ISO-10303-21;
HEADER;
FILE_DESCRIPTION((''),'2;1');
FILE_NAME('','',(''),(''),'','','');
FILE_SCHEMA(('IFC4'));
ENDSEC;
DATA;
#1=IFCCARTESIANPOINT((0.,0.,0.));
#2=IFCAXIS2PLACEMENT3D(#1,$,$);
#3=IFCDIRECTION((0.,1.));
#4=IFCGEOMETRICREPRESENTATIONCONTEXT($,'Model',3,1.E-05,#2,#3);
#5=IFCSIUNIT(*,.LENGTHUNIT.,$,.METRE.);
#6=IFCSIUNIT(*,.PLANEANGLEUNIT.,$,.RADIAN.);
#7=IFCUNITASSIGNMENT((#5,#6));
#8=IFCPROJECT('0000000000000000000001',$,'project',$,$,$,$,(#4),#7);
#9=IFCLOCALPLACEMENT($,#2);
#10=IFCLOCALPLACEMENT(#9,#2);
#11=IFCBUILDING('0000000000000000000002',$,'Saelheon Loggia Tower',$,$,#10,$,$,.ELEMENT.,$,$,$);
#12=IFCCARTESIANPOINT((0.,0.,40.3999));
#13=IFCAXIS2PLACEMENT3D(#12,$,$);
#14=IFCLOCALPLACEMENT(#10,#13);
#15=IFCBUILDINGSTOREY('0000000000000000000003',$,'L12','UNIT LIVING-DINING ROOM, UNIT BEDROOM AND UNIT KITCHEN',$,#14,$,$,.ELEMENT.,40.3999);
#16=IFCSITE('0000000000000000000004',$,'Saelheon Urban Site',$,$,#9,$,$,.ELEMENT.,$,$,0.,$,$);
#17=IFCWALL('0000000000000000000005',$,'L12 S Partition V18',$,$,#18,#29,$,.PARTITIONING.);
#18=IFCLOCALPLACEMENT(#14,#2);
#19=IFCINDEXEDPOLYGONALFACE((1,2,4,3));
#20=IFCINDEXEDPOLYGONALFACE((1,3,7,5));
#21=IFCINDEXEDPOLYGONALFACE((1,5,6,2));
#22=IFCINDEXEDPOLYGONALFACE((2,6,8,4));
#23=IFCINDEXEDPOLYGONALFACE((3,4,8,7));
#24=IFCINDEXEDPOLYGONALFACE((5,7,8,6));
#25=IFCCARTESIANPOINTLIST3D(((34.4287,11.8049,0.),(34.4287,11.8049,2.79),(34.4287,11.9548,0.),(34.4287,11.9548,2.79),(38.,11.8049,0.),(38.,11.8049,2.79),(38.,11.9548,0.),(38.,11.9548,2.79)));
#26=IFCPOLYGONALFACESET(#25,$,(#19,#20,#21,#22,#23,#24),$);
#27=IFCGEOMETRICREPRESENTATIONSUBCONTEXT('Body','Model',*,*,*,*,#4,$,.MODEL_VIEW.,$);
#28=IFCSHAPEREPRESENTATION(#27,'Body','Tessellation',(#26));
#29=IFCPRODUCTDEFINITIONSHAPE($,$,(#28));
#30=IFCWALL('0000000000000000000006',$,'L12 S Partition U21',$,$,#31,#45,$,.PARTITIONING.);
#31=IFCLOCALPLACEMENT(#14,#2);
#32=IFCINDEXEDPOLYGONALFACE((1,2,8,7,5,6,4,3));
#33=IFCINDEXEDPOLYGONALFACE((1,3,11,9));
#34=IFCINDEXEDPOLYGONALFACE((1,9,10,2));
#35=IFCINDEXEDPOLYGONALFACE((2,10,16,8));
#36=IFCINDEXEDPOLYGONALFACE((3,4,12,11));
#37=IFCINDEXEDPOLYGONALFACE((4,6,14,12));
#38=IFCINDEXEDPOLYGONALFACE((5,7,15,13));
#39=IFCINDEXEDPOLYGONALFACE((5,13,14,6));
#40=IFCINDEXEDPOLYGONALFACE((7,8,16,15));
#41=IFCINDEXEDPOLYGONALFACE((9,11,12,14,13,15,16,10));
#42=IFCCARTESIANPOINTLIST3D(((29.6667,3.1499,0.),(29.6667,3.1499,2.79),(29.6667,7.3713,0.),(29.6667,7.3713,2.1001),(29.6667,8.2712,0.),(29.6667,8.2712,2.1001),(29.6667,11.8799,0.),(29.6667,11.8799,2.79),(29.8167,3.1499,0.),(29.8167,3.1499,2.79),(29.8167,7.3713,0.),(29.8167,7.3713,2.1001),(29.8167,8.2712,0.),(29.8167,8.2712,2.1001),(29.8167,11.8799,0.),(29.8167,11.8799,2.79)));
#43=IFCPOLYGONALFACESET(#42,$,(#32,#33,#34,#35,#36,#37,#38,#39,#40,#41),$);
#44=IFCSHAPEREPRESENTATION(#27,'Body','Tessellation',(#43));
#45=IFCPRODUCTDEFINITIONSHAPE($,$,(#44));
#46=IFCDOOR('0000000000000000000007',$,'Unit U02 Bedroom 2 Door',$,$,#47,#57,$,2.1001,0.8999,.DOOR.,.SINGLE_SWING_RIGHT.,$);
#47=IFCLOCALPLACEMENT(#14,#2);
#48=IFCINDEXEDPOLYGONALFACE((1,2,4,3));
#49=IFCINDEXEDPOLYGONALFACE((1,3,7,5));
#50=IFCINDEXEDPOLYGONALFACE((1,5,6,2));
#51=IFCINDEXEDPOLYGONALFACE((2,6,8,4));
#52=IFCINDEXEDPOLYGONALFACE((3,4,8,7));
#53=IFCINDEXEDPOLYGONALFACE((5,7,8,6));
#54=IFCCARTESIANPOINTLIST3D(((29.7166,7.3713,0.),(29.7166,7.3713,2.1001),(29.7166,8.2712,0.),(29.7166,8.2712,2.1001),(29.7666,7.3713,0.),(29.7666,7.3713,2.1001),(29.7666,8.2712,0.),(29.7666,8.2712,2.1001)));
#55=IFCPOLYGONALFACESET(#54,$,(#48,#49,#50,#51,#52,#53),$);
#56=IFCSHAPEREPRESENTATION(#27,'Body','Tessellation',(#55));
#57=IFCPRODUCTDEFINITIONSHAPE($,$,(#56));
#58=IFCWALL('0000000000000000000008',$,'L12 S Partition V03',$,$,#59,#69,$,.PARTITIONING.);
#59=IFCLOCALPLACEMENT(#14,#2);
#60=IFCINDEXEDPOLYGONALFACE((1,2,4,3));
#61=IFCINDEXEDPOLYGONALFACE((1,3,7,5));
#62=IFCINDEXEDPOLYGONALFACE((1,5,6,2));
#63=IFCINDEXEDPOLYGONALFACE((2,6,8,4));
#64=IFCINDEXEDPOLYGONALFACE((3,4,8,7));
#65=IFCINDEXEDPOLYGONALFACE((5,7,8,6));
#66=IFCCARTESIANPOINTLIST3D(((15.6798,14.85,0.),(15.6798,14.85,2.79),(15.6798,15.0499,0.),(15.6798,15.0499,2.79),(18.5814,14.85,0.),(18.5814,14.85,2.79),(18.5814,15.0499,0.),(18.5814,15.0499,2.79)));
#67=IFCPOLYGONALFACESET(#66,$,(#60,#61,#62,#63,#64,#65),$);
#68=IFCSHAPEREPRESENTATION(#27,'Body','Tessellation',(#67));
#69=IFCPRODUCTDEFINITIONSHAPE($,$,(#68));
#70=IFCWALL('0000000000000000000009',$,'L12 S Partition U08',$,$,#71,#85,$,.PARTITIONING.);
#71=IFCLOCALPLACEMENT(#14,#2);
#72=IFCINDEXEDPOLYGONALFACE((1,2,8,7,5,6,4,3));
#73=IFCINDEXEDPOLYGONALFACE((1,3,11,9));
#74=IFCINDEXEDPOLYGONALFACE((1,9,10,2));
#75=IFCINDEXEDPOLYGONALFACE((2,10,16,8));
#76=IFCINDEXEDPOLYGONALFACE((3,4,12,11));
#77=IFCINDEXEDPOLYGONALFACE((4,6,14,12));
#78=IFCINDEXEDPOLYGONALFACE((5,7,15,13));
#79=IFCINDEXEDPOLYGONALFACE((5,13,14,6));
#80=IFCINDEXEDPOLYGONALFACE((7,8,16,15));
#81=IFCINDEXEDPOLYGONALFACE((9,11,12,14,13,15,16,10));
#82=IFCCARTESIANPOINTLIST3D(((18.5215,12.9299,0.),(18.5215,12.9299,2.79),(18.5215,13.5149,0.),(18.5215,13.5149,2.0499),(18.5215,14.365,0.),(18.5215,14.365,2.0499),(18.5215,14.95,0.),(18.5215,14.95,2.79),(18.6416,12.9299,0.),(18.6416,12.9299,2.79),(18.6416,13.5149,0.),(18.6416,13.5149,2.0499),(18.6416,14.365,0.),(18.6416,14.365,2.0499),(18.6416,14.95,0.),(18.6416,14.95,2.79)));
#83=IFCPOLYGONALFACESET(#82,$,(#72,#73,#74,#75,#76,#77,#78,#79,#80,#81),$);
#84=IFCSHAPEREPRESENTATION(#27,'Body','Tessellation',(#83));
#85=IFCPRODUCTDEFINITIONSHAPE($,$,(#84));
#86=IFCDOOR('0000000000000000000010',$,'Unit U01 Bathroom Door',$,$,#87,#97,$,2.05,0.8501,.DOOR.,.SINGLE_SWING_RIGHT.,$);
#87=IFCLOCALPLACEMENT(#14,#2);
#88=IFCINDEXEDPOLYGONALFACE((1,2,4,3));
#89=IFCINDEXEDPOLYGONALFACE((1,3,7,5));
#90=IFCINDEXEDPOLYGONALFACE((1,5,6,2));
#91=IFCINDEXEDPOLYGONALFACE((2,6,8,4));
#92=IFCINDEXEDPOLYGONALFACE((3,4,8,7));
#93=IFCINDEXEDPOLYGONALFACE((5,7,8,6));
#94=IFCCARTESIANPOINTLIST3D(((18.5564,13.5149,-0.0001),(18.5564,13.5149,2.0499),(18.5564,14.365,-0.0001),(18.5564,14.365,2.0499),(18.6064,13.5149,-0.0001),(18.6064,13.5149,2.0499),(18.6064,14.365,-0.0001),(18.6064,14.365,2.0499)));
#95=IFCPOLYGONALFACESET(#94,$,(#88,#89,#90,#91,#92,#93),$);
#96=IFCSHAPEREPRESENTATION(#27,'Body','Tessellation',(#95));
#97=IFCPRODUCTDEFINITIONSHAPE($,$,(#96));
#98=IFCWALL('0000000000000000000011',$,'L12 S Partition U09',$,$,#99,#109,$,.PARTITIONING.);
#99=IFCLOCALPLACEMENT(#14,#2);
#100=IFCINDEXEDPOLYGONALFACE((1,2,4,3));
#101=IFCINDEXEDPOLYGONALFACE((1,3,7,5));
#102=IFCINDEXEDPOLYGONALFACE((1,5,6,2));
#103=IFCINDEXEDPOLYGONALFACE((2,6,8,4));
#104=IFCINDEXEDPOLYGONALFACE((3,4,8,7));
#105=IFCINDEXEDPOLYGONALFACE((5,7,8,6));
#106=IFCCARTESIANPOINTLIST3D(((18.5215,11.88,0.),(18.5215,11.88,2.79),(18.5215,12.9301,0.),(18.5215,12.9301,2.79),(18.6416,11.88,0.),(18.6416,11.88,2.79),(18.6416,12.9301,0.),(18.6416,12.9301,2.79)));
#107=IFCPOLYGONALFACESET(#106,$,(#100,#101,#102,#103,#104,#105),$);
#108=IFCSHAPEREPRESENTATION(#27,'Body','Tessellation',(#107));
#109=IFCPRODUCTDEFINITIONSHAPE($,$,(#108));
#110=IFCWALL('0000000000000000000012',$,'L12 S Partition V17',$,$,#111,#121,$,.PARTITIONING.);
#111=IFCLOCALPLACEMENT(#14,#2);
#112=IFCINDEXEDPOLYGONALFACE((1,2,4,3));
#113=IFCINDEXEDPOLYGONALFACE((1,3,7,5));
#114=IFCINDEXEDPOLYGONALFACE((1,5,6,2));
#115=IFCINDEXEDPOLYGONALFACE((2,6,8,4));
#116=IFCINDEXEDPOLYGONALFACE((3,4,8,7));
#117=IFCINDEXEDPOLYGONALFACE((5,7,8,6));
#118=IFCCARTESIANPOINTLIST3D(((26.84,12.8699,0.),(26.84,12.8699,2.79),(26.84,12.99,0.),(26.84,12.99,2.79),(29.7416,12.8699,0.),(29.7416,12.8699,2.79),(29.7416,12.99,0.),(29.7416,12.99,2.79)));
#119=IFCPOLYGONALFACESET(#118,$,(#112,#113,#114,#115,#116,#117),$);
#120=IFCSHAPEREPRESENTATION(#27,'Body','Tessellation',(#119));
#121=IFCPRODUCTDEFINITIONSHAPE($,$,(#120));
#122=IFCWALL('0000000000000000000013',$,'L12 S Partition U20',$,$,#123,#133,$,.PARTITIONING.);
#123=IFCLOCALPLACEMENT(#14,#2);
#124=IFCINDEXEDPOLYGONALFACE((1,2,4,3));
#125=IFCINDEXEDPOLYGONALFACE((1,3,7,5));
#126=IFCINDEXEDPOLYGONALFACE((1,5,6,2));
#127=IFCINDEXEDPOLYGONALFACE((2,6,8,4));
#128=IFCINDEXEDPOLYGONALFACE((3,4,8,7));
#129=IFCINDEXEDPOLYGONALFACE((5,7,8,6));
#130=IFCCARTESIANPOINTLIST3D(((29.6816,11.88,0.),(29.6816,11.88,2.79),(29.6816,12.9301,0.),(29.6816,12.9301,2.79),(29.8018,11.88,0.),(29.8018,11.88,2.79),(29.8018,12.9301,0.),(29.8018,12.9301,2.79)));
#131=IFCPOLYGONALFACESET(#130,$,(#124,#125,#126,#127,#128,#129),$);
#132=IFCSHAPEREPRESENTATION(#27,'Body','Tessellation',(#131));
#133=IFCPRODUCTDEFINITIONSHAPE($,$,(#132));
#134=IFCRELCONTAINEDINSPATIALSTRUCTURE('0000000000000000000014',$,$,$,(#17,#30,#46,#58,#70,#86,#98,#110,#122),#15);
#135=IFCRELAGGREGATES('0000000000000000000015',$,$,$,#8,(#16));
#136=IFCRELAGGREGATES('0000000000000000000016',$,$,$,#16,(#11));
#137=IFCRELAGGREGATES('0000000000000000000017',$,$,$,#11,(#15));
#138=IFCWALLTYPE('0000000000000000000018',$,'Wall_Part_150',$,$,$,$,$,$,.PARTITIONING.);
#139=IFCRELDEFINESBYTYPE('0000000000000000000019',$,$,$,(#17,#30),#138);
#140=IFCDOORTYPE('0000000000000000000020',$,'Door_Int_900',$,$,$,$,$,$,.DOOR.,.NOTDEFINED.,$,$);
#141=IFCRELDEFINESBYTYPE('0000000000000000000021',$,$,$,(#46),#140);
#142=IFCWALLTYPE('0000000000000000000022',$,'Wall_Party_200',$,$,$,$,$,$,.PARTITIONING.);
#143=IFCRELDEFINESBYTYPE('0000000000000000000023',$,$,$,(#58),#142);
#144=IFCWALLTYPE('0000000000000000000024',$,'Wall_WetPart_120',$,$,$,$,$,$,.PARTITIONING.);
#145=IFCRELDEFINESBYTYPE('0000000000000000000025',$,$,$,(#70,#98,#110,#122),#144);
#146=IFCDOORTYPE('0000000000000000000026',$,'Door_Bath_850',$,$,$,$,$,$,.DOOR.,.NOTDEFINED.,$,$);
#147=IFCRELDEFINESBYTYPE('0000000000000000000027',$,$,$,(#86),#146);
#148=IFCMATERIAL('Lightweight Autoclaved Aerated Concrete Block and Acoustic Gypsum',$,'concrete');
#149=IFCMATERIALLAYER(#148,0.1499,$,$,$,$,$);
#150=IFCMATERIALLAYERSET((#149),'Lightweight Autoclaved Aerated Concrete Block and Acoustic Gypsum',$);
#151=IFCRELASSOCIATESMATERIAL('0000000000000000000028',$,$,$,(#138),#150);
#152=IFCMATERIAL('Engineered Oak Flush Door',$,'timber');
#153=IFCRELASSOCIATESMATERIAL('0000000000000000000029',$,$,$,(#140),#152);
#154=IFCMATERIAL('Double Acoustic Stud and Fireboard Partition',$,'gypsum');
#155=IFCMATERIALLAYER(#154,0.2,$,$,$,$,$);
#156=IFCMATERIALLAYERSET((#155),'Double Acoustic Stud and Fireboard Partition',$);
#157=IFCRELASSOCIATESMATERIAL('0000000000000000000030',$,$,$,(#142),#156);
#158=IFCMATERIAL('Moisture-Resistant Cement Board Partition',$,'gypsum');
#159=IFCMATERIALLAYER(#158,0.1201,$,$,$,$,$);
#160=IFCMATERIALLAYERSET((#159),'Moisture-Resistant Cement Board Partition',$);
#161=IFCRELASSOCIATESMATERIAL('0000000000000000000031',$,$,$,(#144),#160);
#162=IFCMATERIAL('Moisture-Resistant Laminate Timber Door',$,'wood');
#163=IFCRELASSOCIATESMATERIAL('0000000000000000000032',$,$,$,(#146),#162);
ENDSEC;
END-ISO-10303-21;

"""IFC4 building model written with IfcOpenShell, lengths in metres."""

from ifc_helpers import new_model, si_unit, direction, frame, frame_2d, origin, place, context, subcontext, project, spatial, rectangle, extrude, source, transform, mapped, material, layer, layer_set, type_object, element, fill, save


model = new_model("IFC4")

# Units and contexts
model_context = context("Model", 3, precision=1e-05, world=origin(), true_north=direction((0.0, 1.0)))
body_context = subcontext(model_context, "Body", "Model", "MODEL_VIEW")
ifc_project = project(units=[si_unit("LENGTHUNIT", "METRE"), si_unit("PLANEANGLEUNIT", "RADIAN")], contexts=[model_context])

# Site, building, storey
site_placement = place(None, origin())
site = spatial("IfcSite", under=ifc_project, at=site_placement, Name="Saelheon Urban Site", CompositionType="ELEMENT", RefElevation=0.0)
building_placement = place(site_placement, origin())
building = spatial("IfcBuilding", under=site, at=building_placement, Name="Saelheon Loggia Tower", CompositionType="ELEMENT")
storey_placement = place(building_placement, frame((0.0, 0.0, 40.3999)))
storey = spatial("IfcBuildingStorey", under=building, at=storey_placement, Name="L12", Description="UNIT LIVING-DINING ROOM, UNIT BEDROOM AND UNIT KITCHEN", CompositionType="ELEMENT", Elevation=40.3999)

# Shared definitions
ifc_material_1 = material(Name="Lightweight Autoclaved Aerated Concrete Block and Acoustic Gypsum", Category="concrete")
ifc_layer_1 = layer(ifc_material_1, 0.1499)
ifc_layer_set_1 = layer_set([ifc_layer_1], Name="Lightweight Autoclaved Aerated Concrete Block and Acoustic Gypsum")
wall_type_1 = type_object("IfcWallType", Name="Wall_Part_150", PredefinedType="PARTITIONING", material=ifc_layer_set_1)

# Shared definitions
ifc_material_2 = material(Name="Engineered Oak Flush Door", Category="timber")
door_type_1 = type_object("IfcDoorType", Name="Door_Int_900", OperationType="NOTDEFINED", PredefinedType="DOOR", material=ifc_material_2)
shared_shape_1 = source(origin(), body_context, "Body", "SweptSolid", [
    extrude(rectangle(XDim=0.8999, YDim=2.1001, at=frame_2d((0.45, 1.05))), frame((0.0, 0.0249, 0.0), z_axis=(0.0, -1.0, 0.0), x_axis=(1.0, 0.0, 0.0)), (0.0, 0.0, 1.0), 0.05),
])

# Wall
wall_1_placement = place(storey_placement, frame((34.4287, 11.8799, 0.0), z_axis=(0.0, 0.0, 1.0), x_axis=(1.0, 0.0, 0.0)))
element("IfcWall", 1, at=wall_1_placement, inside=storey, type_object=wall_type_1, Name="L12 S Partition V18", PredefinedType="PARTITIONING", context=body_context, shape_type="SweptSolid", body=[
    extrude(rectangle(XDim=3.5713, YDim=0.1499, at=frame_2d((1.7856, 0.0))), origin(), (0.0, 0.0, 1.0), 2.79),
])

# Wall, opening, door
wall_2_placement = place(storey_placement, frame((29.7417, 11.8799, 0.0), z_axis=(0.0, 0.0, 1.0), x_axis=(0.0, -1.0, 0.0)))
wall_2 = element("IfcWall", 2, at=wall_2_placement, inside=storey, type_object=wall_type_1, Name="L12 S Partition U21", PredefinedType="PARTITIONING", context=body_context, shape_type="SweptSolid", body=[
    extrude(rectangle(XDim=8.73, YDim=0.1499, at=frame_2d((4.365, 0.0))), origin(), (0.0, 0.0, 1.0), 2.79),
])
opening_1_placement = place(wall_2_placement, frame((3.6086, 0.0, 0.0)))
opening_1 = element("IfcOpeningElement", 3, at=opening_1_placement, cuts=wall_2, PredefinedType="OPENING", context=body_context, shape_type="SweptSolid", body=[
    extrude(rectangle(XDim=0.8999, YDim=2.1001, at=frame_2d((0.45, 1.05))), frame((0.0, 0.0869, 0.0), z_axis=(0.0, -1.0, 0.0), x_axis=(1.0, 0.0, 0.0)), (0.0, 0.0, 1.0), 0.1738),
])
door_1_placement = place(opening_1_placement, origin())
door_1 = element("IfcDoor", 4, at=door_1_placement, inside=storey, type_object=door_type_1, Name="Unit U02 Bedroom 2 Door", OperationType="SINGLE_SWING_RIGHT", OverallHeight=2.1001, OverallWidth=0.8999, PredefinedType="DOOR", context=body_context, shape_type="MappedRepresentation", body=[
    mapped(shared_shape_1, transform((0.0, 0.0, 0.0), scale=1.0)),
])
fill(opening_1, door_1)

# Wall
ifc_material_3 = material(Name="Double Acoustic Stud and Fireboard Partition", Category="gypsum")
ifc_layer_2 = layer(ifc_material_3, 0.2)
ifc_layer_set_2 = layer_set([ifc_layer_2], Name="Double Acoustic Stud and Fireboard Partition")
wall_type_2 = type_object("IfcWallType", Name="Wall_Party_200", PredefinedType="PARTITIONING", material=ifc_layer_set_2)
wall_3_placement = place(storey_placement, frame((15.6799, 14.95, 0.0), z_axis=(0.0, 0.0, 1.0), x_axis=(1.0, 0.0, 0.0)))
element("IfcWall", 5, at=wall_3_placement, inside=storey, type_object=wall_type_2, Name="L12 S Partition V03", PredefinedType="PARTITIONING", context=body_context, shape_type="SweptSolid", body=[
    extrude(rectangle(XDim=2.9016, YDim=0.2, at=frame_2d((1.4507, 0.0))), origin(), (0.0, 0.0, 1.0), 2.79),
])

# Wall, opening, door
ifc_material_4 = material(Name="Moisture-Resistant Cement Board Partition", Category="gypsum")
ifc_layer_3 = layer(ifc_material_4, 0.1201)
ifc_layer_set_3 = layer_set([ifc_layer_3], Name="Moisture-Resistant Cement Board Partition")
wall_type_3 = type_object("IfcWallType", Name="Wall_WetPart_120", PredefinedType="PARTITIONING", material=ifc_layer_set_3)
wall_4_placement = place(storey_placement, frame((18.5815, 14.95, 0.0), z_axis=(0.0, 0.0, 1.0), x_axis=(0.0, -1.0, 0.0)))
wall_4 = element("IfcWall", 6, at=wall_4_placement, inside=storey, type_object=wall_type_3, Name="L12 S Partition U08", PredefinedType="PARTITIONING", context=body_context, shape_type="SweptSolid", body=[
    extrude(rectangle(XDim=2.02, YDim=0.1201, at=frame_2d((1.01, 0.0))), origin(), (0.0, 0.0, 1.0), 2.79),
])
opening_2_placement = place(wall_4_placement, frame((0.585, 0.0, 0.0)))
opening_2 = element("IfcOpeningElement", 7, at=opening_2_placement, cuts=wall_4, PredefinedType="OPENING", context=body_context, shape_type="SweptSolid", body=[
    extrude(rectangle(XDim=0.8501, YDim=2.05, at=frame_2d((0.425, 1.0249))), frame((0.0, 0.072, 0.0), z_axis=(0.0, -1.0, 0.0), x_axis=(1.0, 0.0, 0.0)), (0.0, 0.0, 1.0), 0.144),
])
ifc_material_5 = material(Name="Moisture-Resistant Laminate Timber Door", Category="wood")
door_type_2 = type_object("IfcDoorType", Name="Door_Bath_850", OperationType="NOTDEFINED", PredefinedType="DOOR", material=ifc_material_5)
shared_shape_2 = source(origin(), body_context, "Body", "SweptSolid", [
    extrude(rectangle(XDim=0.8501, YDim=2.05, at=frame_2d((0.425, 1.0249))), frame((0.0, 0.0249, 0.0), z_axis=(0.0, -1.0, 0.0), x_axis=(1.0, 0.0, 0.0)), (0.0, 0.0, 1.0), 0.05),
])
door_2_placement = place(opening_2_placement, origin())
door_2 = element("IfcDoor", 8, at=door_2_placement, inside=storey, type_object=door_type_2, Name="Unit U01 Bathroom Door", OperationType="SINGLE_SWING_RIGHT", OverallHeight=2.05, OverallWidth=0.8501, PredefinedType="DOOR", context=body_context, shape_type="MappedRepresentation", body=[
    mapped(shared_shape_2, transform((0.0, 0.0, 0.0), scale=1.0)),
])
fill(opening_2, door_2)

# Walls
wall_5_placement = place(storey_placement, frame((18.5815, 12.9299, 0.0), z_axis=(0.0, 0.0, 1.0), x_axis=(0.0, -1.0, 0.0)))
element("IfcWall", 9, at=wall_5_placement, inside=storey, type_object=wall_type_3, Name="L12 S Partition U09", PredefinedType="PARTITIONING", context=body_context, shape_type="SweptSolid", body=[
    extrude(rectangle(XDim=1.05, YDim=0.1201, at=frame_2d((0.5249, 0.0))), origin(), (0.0, 0.0, 1.0), 2.79),
])
wall_6_placement = place(storey_placement, frame((26.8401, 12.9299, 0.0), z_axis=(0.0, 0.0, 1.0), x_axis=(1.0, 0.0, 0.0)))
element("IfcWall", 10, at=wall_6_placement, inside=storey, type_object=wall_type_3, Name="L12 S Partition V17", PredefinedType="PARTITIONING", context=body_context, shape_type="SweptSolid", body=[
    extrude(rectangle(XDim=2.9016, YDim=0.1201, at=frame_2d((1.4507, 0.0))), origin(), (0.0, 0.0, 1.0), 2.79),
])
wall_7_placement = place(storey_placement, frame((29.7417, 12.9299, 0.0), z_axis=(0.0, 0.0, 1.0), x_axis=(0.0, -1.0, 0.0)))
element("IfcWall", 11, at=wall_7_placement, inside=storey, type_object=wall_type_3, Name="L12 S Partition U20", PredefinedType="PARTITIONING", context=body_context, shape_type="SweptSolid", body=[
    extrude(rectangle(XDim=1.05, YDim=0.1201, at=frame_2d((0.5249, 0.0))), origin(), (0.0, 0.0, 1.0), 2.79),
])

save(model, "model.ifc")
